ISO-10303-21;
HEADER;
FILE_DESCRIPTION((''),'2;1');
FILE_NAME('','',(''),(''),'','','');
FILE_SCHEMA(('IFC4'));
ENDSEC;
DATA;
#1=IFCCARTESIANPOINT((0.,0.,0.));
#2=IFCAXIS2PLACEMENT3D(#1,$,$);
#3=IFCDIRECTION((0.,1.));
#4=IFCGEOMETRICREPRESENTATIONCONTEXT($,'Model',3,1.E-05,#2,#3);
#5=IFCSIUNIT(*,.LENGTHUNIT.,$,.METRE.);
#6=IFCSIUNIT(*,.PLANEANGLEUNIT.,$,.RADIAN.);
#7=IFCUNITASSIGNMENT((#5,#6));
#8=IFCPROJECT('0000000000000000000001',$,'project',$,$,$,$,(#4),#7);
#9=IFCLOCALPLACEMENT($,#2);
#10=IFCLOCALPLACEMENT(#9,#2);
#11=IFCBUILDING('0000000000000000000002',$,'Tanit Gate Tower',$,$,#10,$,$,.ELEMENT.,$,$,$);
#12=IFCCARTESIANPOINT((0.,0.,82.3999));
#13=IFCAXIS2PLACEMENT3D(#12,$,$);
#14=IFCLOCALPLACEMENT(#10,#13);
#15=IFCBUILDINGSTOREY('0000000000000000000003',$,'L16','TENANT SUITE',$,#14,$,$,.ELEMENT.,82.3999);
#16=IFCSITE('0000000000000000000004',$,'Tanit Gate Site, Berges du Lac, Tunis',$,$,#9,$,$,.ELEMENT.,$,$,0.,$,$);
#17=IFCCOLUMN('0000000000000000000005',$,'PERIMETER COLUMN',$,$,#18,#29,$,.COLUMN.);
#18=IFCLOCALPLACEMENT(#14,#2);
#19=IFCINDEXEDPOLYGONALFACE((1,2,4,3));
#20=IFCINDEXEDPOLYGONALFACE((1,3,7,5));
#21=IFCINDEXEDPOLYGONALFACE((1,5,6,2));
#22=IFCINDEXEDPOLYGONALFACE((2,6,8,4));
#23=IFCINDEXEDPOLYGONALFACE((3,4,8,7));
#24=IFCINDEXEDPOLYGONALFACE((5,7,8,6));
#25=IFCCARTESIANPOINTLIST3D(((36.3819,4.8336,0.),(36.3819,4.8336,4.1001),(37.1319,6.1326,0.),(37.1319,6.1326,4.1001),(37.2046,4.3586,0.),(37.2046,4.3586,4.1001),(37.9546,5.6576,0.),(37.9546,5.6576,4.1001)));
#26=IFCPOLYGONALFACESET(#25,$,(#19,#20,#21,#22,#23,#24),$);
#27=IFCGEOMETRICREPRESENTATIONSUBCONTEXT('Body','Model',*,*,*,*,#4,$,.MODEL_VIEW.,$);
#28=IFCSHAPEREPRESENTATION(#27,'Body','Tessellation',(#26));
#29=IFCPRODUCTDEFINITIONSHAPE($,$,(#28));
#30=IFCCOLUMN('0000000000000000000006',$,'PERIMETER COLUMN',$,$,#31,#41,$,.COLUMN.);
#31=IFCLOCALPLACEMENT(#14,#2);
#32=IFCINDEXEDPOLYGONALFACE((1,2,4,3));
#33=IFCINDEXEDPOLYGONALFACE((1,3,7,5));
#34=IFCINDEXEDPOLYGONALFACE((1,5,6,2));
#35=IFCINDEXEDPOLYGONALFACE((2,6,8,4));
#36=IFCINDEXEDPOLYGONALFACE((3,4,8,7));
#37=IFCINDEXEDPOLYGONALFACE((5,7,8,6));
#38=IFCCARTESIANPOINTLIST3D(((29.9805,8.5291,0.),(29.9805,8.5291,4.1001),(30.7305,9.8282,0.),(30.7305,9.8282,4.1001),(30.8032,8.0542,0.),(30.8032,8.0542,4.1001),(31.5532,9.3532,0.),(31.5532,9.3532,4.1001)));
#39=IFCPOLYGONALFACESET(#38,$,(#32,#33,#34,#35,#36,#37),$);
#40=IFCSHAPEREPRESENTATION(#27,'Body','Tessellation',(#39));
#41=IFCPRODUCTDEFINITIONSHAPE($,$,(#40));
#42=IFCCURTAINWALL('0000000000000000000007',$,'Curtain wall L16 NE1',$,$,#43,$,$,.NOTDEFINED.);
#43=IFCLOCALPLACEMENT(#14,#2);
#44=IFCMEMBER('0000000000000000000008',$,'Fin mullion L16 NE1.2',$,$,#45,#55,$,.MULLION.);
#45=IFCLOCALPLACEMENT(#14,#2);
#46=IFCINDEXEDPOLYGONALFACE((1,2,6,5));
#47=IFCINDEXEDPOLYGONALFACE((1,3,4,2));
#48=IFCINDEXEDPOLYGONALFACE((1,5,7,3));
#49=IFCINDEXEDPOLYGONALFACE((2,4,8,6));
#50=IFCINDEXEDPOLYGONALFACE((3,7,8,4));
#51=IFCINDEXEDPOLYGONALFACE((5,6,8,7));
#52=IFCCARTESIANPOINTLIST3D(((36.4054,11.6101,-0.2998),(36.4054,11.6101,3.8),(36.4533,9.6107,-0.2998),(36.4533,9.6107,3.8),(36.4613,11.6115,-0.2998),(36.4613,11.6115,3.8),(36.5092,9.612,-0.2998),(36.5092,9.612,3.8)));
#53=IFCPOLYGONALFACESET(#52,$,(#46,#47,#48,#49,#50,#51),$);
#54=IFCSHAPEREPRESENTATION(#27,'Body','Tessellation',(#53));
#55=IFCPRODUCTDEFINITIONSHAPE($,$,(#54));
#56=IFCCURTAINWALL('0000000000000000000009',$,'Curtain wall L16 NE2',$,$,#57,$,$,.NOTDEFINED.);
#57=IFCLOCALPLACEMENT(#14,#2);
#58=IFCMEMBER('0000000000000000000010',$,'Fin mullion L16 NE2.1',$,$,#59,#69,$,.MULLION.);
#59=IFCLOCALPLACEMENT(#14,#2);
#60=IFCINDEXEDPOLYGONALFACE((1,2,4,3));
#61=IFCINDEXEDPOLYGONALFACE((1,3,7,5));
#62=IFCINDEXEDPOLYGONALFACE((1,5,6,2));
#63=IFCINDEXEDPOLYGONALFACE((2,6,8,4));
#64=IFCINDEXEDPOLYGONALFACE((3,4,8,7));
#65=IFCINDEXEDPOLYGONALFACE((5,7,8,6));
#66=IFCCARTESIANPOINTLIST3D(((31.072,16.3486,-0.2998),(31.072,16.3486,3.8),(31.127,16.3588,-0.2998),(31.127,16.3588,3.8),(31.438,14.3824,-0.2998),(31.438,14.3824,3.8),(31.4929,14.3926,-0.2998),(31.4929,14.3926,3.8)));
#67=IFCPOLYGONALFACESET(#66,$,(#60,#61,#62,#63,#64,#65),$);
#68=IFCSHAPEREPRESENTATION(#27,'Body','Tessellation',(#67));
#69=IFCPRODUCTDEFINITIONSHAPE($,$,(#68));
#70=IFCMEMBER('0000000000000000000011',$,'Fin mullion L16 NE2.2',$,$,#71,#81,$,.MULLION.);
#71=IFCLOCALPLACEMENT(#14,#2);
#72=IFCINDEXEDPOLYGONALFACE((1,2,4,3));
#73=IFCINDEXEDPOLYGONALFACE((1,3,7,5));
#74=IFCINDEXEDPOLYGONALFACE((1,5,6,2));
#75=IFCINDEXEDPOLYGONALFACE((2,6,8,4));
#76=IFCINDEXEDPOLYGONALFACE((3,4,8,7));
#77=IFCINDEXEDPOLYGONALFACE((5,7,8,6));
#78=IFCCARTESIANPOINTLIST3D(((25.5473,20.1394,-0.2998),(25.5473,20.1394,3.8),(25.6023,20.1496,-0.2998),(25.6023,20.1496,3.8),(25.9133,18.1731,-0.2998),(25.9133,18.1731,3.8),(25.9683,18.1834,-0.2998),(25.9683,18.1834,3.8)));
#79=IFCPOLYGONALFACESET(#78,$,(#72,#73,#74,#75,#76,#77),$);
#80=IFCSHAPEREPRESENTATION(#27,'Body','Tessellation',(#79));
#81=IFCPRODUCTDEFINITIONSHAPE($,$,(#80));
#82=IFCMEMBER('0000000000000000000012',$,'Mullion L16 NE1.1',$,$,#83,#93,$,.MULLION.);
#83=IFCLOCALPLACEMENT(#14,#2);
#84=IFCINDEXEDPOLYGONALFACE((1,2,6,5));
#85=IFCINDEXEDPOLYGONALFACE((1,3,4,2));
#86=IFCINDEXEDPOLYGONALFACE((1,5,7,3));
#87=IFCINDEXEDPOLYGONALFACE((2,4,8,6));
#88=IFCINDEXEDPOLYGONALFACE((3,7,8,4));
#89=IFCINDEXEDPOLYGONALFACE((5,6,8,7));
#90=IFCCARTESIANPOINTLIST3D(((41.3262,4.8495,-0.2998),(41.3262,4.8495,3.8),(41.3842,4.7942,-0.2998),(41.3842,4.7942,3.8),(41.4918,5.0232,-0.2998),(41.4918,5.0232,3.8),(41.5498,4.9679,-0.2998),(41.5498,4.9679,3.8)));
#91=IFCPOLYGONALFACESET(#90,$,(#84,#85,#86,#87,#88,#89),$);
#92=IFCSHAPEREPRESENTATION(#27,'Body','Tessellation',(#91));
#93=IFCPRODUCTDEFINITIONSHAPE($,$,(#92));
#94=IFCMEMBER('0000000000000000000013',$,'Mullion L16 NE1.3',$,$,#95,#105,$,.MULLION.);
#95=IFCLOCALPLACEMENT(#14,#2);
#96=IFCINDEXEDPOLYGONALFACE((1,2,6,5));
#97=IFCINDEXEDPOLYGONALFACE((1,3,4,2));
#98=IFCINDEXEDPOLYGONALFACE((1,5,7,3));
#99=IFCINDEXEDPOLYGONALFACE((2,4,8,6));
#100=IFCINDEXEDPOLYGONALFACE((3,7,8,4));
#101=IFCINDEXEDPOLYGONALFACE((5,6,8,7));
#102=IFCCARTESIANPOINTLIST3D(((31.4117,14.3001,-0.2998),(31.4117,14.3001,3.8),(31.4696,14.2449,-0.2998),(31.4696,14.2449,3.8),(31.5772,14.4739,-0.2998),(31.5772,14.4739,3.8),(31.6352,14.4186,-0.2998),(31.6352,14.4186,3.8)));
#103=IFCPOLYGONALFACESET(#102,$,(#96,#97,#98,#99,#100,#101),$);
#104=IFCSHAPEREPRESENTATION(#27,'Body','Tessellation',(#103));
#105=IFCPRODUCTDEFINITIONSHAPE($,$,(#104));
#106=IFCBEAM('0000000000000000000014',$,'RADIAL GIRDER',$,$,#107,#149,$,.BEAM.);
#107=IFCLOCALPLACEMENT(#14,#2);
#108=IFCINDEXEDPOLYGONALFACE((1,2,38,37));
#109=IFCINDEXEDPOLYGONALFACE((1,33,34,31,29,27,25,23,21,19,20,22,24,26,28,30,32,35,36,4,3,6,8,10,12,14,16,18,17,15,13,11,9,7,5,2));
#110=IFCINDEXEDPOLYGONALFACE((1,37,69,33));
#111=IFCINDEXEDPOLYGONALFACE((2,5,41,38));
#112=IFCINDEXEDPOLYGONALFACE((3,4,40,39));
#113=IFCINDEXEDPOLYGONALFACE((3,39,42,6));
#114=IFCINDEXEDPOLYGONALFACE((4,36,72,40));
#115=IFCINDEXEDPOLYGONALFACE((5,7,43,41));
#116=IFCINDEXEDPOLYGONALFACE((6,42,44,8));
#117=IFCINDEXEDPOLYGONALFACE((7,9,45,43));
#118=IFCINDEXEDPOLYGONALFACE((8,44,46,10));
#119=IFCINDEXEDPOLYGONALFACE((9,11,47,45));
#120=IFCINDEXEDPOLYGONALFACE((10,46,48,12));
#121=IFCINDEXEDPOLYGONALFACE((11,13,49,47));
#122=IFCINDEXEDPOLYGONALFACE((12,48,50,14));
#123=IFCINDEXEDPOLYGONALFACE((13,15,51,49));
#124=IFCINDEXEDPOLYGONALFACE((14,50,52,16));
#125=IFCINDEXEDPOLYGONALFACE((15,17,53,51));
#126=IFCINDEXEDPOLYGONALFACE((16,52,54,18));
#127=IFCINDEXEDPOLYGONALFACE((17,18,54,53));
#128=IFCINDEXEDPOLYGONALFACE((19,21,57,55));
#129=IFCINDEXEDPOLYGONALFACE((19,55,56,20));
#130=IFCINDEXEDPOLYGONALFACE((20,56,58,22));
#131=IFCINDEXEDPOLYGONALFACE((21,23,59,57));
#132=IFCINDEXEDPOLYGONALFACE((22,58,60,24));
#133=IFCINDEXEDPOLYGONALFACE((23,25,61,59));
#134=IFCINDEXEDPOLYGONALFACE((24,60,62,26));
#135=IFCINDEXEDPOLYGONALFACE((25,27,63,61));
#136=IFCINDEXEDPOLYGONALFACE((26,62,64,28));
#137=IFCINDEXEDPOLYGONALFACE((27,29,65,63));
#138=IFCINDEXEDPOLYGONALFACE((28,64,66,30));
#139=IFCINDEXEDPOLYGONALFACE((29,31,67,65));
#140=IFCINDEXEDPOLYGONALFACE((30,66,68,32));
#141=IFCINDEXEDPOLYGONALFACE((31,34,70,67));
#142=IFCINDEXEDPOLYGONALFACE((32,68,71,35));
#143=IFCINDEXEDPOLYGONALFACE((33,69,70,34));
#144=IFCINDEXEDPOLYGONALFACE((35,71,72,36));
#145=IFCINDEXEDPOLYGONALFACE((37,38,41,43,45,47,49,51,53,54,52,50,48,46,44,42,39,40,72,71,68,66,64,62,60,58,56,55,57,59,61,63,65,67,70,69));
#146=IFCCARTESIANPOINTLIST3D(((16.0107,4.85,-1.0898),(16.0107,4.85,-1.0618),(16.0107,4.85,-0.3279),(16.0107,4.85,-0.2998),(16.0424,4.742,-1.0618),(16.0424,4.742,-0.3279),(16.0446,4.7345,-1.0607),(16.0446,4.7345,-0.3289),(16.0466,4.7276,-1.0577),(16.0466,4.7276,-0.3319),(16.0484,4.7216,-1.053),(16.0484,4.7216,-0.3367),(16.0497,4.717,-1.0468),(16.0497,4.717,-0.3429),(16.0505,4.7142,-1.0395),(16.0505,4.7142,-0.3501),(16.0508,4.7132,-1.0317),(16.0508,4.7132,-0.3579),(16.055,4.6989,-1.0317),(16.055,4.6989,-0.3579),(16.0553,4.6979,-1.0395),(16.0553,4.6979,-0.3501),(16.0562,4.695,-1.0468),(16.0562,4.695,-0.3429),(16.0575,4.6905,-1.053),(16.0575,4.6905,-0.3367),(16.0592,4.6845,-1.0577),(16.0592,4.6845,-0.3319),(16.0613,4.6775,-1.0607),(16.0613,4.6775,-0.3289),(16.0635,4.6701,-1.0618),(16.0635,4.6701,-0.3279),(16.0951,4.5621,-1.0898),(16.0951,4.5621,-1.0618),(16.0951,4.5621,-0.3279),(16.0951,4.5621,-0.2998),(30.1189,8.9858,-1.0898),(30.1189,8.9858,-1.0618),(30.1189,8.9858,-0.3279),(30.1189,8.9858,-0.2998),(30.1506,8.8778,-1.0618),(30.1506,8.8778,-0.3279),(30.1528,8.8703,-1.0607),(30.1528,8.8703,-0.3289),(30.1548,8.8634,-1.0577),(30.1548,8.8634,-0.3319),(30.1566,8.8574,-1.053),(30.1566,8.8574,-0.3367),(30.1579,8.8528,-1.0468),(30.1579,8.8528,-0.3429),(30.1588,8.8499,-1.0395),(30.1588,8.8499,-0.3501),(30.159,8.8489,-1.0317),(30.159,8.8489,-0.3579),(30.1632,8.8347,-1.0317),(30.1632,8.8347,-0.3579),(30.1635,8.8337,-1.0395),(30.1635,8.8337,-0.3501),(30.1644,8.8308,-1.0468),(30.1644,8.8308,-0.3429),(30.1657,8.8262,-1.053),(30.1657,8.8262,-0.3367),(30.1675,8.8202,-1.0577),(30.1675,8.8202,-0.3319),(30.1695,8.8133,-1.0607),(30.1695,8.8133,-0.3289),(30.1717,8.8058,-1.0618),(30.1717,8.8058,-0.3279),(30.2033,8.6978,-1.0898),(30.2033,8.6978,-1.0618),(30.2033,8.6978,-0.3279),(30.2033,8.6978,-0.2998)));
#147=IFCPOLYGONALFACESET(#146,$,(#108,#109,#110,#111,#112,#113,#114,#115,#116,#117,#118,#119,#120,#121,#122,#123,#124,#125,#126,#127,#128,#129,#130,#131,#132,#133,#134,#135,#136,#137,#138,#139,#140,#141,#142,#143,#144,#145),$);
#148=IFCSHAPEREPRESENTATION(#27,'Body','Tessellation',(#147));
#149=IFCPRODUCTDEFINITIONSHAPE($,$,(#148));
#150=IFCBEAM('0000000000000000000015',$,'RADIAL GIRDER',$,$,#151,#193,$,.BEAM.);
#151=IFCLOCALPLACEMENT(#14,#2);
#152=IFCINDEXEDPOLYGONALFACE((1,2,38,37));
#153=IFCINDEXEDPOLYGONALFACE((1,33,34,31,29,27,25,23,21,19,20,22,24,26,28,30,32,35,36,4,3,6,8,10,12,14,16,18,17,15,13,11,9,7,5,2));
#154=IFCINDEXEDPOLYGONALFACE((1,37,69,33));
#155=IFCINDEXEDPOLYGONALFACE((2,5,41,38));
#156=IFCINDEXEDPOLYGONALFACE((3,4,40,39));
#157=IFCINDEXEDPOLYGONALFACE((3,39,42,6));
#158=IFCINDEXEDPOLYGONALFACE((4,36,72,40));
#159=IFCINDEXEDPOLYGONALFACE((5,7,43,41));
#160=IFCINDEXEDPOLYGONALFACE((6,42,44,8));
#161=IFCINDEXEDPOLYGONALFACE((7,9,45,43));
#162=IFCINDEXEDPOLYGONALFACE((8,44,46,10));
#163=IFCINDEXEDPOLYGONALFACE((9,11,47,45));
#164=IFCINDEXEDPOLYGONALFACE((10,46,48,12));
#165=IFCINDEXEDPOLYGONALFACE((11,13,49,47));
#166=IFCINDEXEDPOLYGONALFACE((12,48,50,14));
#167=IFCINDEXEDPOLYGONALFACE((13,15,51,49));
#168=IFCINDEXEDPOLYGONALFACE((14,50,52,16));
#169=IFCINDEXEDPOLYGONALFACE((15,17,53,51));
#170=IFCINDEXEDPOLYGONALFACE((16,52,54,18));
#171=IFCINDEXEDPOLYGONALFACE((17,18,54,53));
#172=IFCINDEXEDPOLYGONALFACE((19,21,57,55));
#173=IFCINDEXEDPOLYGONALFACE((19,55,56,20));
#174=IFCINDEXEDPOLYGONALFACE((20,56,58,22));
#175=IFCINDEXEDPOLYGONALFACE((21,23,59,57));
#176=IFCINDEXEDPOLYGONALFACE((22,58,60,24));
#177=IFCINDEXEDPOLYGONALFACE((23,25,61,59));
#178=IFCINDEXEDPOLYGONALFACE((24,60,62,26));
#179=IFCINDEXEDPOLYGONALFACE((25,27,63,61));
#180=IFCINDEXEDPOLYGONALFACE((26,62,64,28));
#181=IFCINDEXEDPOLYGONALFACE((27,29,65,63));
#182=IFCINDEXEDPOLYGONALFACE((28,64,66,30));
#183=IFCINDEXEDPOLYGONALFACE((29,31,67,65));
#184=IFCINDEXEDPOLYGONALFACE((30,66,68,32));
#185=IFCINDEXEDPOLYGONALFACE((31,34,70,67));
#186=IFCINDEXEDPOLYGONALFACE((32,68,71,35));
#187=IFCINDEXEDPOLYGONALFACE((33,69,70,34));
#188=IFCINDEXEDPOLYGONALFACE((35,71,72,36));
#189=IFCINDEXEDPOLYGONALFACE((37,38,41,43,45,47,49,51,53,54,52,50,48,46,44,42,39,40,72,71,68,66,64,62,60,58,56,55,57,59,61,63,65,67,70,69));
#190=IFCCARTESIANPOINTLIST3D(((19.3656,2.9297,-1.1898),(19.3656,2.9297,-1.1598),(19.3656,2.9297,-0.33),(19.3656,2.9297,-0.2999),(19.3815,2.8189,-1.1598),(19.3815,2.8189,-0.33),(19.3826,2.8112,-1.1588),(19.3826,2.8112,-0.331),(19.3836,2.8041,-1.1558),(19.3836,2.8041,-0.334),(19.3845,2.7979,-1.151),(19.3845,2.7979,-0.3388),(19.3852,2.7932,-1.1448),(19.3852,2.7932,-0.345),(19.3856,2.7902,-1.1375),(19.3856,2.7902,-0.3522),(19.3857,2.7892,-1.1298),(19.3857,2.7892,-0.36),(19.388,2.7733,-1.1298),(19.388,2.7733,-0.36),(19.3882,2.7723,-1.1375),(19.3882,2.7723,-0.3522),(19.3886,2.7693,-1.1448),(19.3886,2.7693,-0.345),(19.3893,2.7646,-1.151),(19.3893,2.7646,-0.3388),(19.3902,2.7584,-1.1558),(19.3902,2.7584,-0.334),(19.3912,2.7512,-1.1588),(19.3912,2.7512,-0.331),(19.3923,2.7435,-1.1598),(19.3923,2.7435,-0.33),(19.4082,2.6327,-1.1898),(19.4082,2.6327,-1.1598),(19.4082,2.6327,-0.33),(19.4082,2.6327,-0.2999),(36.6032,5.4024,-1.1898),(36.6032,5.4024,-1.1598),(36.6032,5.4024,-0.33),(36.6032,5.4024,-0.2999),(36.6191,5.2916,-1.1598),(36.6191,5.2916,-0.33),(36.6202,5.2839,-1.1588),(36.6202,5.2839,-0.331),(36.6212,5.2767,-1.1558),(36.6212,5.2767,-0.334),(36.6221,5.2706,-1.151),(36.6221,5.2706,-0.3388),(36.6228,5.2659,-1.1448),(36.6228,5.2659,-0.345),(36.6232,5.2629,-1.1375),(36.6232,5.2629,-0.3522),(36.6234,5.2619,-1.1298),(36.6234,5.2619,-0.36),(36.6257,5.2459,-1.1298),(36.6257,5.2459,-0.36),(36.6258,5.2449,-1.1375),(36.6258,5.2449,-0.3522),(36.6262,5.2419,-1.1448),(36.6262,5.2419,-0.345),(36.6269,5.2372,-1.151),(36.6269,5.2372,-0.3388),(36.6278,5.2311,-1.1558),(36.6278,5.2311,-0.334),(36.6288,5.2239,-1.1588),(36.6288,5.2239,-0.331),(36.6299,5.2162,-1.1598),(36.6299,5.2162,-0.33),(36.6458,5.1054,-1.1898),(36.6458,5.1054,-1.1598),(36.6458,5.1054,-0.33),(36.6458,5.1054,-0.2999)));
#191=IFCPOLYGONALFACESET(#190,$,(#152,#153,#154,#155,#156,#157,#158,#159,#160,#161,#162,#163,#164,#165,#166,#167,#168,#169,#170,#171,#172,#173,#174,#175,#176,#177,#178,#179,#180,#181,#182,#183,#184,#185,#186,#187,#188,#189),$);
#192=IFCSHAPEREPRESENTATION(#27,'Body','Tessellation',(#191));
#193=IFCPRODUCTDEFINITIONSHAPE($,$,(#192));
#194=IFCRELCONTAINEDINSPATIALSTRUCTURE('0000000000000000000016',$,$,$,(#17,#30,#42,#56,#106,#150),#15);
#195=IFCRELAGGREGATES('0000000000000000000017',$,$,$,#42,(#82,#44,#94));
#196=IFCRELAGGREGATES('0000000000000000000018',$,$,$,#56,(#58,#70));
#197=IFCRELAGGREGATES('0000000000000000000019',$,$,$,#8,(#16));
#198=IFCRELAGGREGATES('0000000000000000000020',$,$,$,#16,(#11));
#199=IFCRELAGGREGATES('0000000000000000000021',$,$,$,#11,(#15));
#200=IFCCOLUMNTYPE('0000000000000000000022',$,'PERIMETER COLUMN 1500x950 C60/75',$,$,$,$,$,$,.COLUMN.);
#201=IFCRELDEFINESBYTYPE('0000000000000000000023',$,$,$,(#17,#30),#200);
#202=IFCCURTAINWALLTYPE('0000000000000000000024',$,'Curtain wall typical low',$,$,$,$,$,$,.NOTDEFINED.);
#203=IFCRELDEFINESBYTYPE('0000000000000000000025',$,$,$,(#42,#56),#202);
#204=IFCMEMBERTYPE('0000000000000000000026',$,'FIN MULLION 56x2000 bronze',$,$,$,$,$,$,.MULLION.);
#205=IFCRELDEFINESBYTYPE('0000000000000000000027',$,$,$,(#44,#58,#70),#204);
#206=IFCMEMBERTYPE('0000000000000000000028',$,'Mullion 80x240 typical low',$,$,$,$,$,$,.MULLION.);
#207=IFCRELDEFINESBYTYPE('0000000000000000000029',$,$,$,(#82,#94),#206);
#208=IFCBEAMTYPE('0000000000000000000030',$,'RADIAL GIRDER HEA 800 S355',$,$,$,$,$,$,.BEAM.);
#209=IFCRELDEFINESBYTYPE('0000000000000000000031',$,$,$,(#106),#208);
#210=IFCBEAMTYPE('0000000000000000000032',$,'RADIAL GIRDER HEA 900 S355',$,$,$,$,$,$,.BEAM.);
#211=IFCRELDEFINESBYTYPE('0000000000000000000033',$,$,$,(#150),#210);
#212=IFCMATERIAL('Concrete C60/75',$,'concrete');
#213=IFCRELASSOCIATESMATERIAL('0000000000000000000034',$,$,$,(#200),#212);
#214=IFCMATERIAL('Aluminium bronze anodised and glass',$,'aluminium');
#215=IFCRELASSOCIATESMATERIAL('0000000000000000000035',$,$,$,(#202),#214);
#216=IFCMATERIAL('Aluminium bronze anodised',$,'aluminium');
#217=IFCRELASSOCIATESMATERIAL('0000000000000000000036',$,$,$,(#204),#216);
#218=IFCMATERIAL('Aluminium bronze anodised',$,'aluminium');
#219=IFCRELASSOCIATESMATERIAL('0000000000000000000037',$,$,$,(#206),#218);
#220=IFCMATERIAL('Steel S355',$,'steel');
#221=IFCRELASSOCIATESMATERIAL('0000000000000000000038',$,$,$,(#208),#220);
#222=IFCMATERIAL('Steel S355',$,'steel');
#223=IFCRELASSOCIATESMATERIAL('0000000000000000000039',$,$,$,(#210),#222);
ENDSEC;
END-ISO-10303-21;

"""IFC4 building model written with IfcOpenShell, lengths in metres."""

from ifc_helpers import new_model, si_unit, direction, frame, origin, origin_2d, place, context, subcontext, project, spatial, rectangle, i_section, extrude, material, material_profile, profile_set, type_object, element, aggregate, save


model = new_model("IFC4")

# Units and contexts
model_context = context("Model", 3, precision=1e-05, world=origin(), true_north=direction((0.0, 1.0)))
body_context = subcontext(model_context, "Body", "Model", "MODEL_VIEW")
ifc_project = project(units=[si_unit("LENGTHUNIT", "METRE"), si_unit("PLANEANGLEUNIT", "RADIAN")], contexts=[model_context])

# Site, building, storey
site_placement = place(None, origin())
site = spatial("IfcSite", under=ifc_project, at=site_placement, Name="Tanit Gate Site, Berges du Lac, Tunis", CompositionType="ELEMENT", RefElevation=0.0)
building_placement = place(site_placement, origin())
building = spatial("IfcBuilding", under=site, at=building_placement, Name="Tanit Gate Tower", CompositionType="ELEMENT")
storey_placement = place(building_placement, frame((0.0, 0.0, 82.3999)))
storey = spatial("IfcBuildingStorey", under=building, at=storey_placement, Name="L16", Description="TENANT SUITE", CompositionType="ELEMENT", Elevation=82.3999)

# Columns
ifc_material_1 = material(Name="Concrete C60/75", Category="concrete")
ifc_material_profile_1 = material_profile(ifc_material_1, rectangle(XDim=1.5, YDim=0.95, at=origin_2d()), Name="RC 1500x950")
ifc_profile_set_1 = profile_set([ifc_material_profile_1], Name="Concrete C60/75")
column_type = type_object("IfcColumnType", Name="PERIMETER COLUMN 1500x950 C60/75", PredefinedType="COLUMN", material=ifc_profile_set_1)
for number, where, z_axis, x_axis, name in (
    (1, (37.1682, 5.2456, 0.0), (0.0, 0.0, 1.0), (0.5, 0.866025, 0.0), "PERIMETER COLUMN"),
    (2, (30.7668, 8.9412, 0.0), (0.0, 0.0, 1.0), (0.5, 0.866025, 0.0), "PERIMETER COLUMN"),
):
    element("IfcColumn", number, at=place(storey_placement, frame(where, z_axis=z_axis, x_axis=x_axis)), inside=storey, type_object=column_type, Name=name, PredefinedType="COLUMN", context=body_context, shape_type="SweptSolid", body=[
        extrude(rectangle(XDim=1.5, YDim=0.95, at=origin_2d()), origin(), (0.0, 0.0, 1.0), 4.1001),
    ])

# Curtain wall, member
ifc_material_2 = material(Name="Aluminium bronze anodised and glass", Category="aluminium")
curtain_wall_type = type_object("IfcCurtainWallType", Name="Curtain wall typical low", PredefinedType="NOTDEFINED", material=ifc_material_2)
curtain_wall_1_placement = place(storey_placement, origin())
curtain_wall_1 = element("IfcCurtainWall", 3, at=curtain_wall_1_placement, inside=storey, type_object=curtain_wall_type, Name="Curtain wall L16 NE1", PredefinedType="NOTDEFINED")
ifc_material_3 = material(Name="Aluminium bronze anodised", Category="aluminium")
ifc_material_profile_2 = material_profile(ifc_material_3, rectangle(XDim=2.0, YDim=0.0559, at=origin_2d()), Name="56x2000 bronze fin mullion")
ifc_profile_set_2 = profile_set([ifc_material_profile_2], Name="Aluminium bronze anodised")
member_type_1 = type_object("IfcMemberType", Name="FIN MULLION 56x2000 bronze", PredefinedType="MULLION", material=ifc_profile_set_2)
member_1_placement = place(storey_placement, frame((36.4573, 10.6111, -0.2998), z_axis=(0.0, 0.0, 1.0), x_axis=(0.023942, -0.999713, 0.0)))
member_1 = element("IfcMember", 4, at=member_1_placement, type_object=member_type_1, Name="Fin mullion L16 NE1.2", PredefinedType="MULLION", context=body_context, shape_type="SweptSolid", body=[
    extrude(rectangle(XDim=2.0, YDim=0.0559, at=origin_2d()), origin(), (0.0, 0.0, 1.0), 4.0999),
])

# Curtain wall, members
curtain_wall_2_placement = place(storey_placement, origin())
curtain_wall_2 = element("IfcCurtainWall", 5, at=curtain_wall_2_placement, inside=storey, type_object=curtain_wall_type, Name="Curtain wall L16 NE2", PredefinedType="NOTDEFINED")
member_2_placement = place(storey_placement, frame((31.2825, 15.3706, -0.2998), z_axis=(0.0, 0.0, 1.0), x_axis=(0.182983, -0.983116, 0.0)))
member_2 = element("IfcMember", 6, at=member_2_placement, type_object=member_type_1, Name="Fin mullion L16 NE2.1", PredefinedType="MULLION", context=body_context, shape_type="SweptSolid", body=[
    extrude(rectangle(XDim=2.0, YDim=0.0559, at=origin_2d()), origin(), (0.0, 0.0, 1.0), 4.0999),
])
member_3_placement = place(storey_placement, frame((25.7578, 19.1614, -0.2998), z_axis=(0.0, 0.0, 1.0), x_axis=(0.182983, -0.983116, 0.0)))
member_3 = element("IfcMember", 7, at=member_3_placement, type_object=member_type_1, Name="Fin mullion L16 NE2.2", PredefinedType="MULLION", context=body_context, shape_type="SweptSolid", body=[
    extrude(rectangle(XDim=2.0, YDim=0.0559, at=origin_2d()), origin(), (0.0, 0.0, 1.0), 4.0999),
])

# Members
ifc_material_4 = material(Name="Aluminium bronze anodised", Category="aluminium")
ifc_material_profile_3 = material_profile(ifc_material_4, rectangle(XDim=0.24, YDim=0.0801, at=origin_2d()), Name="80x240 bronze mullion")
ifc_profile_set_3 = profile_set([ifc_material_profile_3], Name="Aluminium bronze anodised")
member_type_2 = type_object("IfcMemberType", Name="Mullion 80x240 typical low", PredefinedType="MULLION", material=ifc_profile_set_3)
member_4_placement = place(storey_placement, frame((41.438, 4.9087, -0.2998), z_axis=(0.0, 0.0, 1.0), x_axis=(-0.689974, -0.723834, 0.0)))
member_4 = element("IfcMember", 8, at=member_4_placement, type_object=member_type_2, Name="Mullion L16 NE1.1", PredefinedType="MULLION", context=body_context, shape_type="SweptSolid", body=[
    extrude(rectangle(XDim=0.24, YDim=0.0801, at=origin_2d()), origin(), (0.0, 0.0, 1.0), 4.0999),
])
member_5_placement = place(storey_placement, frame((31.5234, 14.3594, -0.2998), z_axis=(0.0, 0.0, 1.0), x_axis=(-0.689974, -0.723834, 0.0)))
member_5 = element("IfcMember", 9, at=member_5_placement, type_object=member_type_2, Name="Mullion L16 NE1.3", PredefinedType="MULLION", context=body_context, shape_type="SweptSolid", body=[
    extrude(rectangle(XDim=0.24, YDim=0.0801, at=origin_2d()), origin(), (0.0, 0.0, 1.0), 4.0999),
])

# Beams
ifc_material_5 = material(Name="Steel S355", Category="steel")
ifc_material_profile_4 = material_profile(ifc_material_5, i_section(OverallWidth=0.3, OverallDepth=0.79, WebThickness=0.0149, FlangeThickness=0.0281, FilletRadius=0.03, at=origin_2d()), Name="HEA 800")
ifc_profile_set_4 = profile_set([ifc_material_profile_4], Name="Steel S355")
beam_type_1 = type_object("IfcBeamType", Name="RADIAL GIRDER HEA 800 S355", PredefinedType="BEAM", material=ifc_profile_set_4)
beam_1_placement = place(storey_placement, frame((30.1611, 8.8418, -0.6948), z_axis=(-0.959618, -0.281308, 0.0), x_axis=(0.281308, -0.959618, 0.0)))
element("IfcBeam", 10, at=beam_1_placement, inside=storey, type_object=beam_type_1, Name="RADIAL GIRDER", PredefinedType="BEAM", context=body_context, shape_type="SweptSolid", body=[
    extrude(i_section(OverallWidth=0.3, OverallDepth=0.79, WebThickness=0.0149, FlangeThickness=0.0281, FilletRadius=0.03, at=origin_2d()), origin(), (0.0, 0.0, 1.0), 14.7019),
])
ifc_material_6 = material(Name="Steel S355", Category="steel")
ifc_material_profile_5 = material_profile(ifc_material_6, i_section(OverallWidth=0.3, OverallDepth=0.8899, WebThickness=0.0161, FlangeThickness=0.03, FilletRadius=0.03, at=origin_2d()), Name="HEA 900")
ifc_profile_set_5 = profile_set([ifc_material_profile_5], Name="Steel S355")
beam_type_2 = type_object("IfcBeamType", Name="RADIAL GIRDER HEA 900 S355", PredefinedType="BEAM", material=ifc_profile_set_5)
beam_2_placement = place(storey_placement, frame((36.6245, 5.2539, -0.7449), z_axis=(-0.989868, -0.141992, 0.0), x_axis=(0.141992, -0.989868, 0.0)))
element("IfcBeam", 11, at=beam_2_placement, inside=storey, type_object=beam_type_2, Name="RADIAL GIRDER", PredefinedType="BEAM", context=body_context, shape_type="SweptSolid", body=[
    extrude(i_section(OverallWidth=0.3, OverallDepth=0.8899, WebThickness=0.0161, FlangeThickness=0.03, FilletRadius=0.03, at=origin_2d()), origin(), (0.0, 0.0, 1.0), 17.4141),
])

aggregate(curtain_wall_1, [member_4, member_1, member_5])
aggregate(curtain_wall_2, [member_2, member_3])

save(model, "model.ifc")
